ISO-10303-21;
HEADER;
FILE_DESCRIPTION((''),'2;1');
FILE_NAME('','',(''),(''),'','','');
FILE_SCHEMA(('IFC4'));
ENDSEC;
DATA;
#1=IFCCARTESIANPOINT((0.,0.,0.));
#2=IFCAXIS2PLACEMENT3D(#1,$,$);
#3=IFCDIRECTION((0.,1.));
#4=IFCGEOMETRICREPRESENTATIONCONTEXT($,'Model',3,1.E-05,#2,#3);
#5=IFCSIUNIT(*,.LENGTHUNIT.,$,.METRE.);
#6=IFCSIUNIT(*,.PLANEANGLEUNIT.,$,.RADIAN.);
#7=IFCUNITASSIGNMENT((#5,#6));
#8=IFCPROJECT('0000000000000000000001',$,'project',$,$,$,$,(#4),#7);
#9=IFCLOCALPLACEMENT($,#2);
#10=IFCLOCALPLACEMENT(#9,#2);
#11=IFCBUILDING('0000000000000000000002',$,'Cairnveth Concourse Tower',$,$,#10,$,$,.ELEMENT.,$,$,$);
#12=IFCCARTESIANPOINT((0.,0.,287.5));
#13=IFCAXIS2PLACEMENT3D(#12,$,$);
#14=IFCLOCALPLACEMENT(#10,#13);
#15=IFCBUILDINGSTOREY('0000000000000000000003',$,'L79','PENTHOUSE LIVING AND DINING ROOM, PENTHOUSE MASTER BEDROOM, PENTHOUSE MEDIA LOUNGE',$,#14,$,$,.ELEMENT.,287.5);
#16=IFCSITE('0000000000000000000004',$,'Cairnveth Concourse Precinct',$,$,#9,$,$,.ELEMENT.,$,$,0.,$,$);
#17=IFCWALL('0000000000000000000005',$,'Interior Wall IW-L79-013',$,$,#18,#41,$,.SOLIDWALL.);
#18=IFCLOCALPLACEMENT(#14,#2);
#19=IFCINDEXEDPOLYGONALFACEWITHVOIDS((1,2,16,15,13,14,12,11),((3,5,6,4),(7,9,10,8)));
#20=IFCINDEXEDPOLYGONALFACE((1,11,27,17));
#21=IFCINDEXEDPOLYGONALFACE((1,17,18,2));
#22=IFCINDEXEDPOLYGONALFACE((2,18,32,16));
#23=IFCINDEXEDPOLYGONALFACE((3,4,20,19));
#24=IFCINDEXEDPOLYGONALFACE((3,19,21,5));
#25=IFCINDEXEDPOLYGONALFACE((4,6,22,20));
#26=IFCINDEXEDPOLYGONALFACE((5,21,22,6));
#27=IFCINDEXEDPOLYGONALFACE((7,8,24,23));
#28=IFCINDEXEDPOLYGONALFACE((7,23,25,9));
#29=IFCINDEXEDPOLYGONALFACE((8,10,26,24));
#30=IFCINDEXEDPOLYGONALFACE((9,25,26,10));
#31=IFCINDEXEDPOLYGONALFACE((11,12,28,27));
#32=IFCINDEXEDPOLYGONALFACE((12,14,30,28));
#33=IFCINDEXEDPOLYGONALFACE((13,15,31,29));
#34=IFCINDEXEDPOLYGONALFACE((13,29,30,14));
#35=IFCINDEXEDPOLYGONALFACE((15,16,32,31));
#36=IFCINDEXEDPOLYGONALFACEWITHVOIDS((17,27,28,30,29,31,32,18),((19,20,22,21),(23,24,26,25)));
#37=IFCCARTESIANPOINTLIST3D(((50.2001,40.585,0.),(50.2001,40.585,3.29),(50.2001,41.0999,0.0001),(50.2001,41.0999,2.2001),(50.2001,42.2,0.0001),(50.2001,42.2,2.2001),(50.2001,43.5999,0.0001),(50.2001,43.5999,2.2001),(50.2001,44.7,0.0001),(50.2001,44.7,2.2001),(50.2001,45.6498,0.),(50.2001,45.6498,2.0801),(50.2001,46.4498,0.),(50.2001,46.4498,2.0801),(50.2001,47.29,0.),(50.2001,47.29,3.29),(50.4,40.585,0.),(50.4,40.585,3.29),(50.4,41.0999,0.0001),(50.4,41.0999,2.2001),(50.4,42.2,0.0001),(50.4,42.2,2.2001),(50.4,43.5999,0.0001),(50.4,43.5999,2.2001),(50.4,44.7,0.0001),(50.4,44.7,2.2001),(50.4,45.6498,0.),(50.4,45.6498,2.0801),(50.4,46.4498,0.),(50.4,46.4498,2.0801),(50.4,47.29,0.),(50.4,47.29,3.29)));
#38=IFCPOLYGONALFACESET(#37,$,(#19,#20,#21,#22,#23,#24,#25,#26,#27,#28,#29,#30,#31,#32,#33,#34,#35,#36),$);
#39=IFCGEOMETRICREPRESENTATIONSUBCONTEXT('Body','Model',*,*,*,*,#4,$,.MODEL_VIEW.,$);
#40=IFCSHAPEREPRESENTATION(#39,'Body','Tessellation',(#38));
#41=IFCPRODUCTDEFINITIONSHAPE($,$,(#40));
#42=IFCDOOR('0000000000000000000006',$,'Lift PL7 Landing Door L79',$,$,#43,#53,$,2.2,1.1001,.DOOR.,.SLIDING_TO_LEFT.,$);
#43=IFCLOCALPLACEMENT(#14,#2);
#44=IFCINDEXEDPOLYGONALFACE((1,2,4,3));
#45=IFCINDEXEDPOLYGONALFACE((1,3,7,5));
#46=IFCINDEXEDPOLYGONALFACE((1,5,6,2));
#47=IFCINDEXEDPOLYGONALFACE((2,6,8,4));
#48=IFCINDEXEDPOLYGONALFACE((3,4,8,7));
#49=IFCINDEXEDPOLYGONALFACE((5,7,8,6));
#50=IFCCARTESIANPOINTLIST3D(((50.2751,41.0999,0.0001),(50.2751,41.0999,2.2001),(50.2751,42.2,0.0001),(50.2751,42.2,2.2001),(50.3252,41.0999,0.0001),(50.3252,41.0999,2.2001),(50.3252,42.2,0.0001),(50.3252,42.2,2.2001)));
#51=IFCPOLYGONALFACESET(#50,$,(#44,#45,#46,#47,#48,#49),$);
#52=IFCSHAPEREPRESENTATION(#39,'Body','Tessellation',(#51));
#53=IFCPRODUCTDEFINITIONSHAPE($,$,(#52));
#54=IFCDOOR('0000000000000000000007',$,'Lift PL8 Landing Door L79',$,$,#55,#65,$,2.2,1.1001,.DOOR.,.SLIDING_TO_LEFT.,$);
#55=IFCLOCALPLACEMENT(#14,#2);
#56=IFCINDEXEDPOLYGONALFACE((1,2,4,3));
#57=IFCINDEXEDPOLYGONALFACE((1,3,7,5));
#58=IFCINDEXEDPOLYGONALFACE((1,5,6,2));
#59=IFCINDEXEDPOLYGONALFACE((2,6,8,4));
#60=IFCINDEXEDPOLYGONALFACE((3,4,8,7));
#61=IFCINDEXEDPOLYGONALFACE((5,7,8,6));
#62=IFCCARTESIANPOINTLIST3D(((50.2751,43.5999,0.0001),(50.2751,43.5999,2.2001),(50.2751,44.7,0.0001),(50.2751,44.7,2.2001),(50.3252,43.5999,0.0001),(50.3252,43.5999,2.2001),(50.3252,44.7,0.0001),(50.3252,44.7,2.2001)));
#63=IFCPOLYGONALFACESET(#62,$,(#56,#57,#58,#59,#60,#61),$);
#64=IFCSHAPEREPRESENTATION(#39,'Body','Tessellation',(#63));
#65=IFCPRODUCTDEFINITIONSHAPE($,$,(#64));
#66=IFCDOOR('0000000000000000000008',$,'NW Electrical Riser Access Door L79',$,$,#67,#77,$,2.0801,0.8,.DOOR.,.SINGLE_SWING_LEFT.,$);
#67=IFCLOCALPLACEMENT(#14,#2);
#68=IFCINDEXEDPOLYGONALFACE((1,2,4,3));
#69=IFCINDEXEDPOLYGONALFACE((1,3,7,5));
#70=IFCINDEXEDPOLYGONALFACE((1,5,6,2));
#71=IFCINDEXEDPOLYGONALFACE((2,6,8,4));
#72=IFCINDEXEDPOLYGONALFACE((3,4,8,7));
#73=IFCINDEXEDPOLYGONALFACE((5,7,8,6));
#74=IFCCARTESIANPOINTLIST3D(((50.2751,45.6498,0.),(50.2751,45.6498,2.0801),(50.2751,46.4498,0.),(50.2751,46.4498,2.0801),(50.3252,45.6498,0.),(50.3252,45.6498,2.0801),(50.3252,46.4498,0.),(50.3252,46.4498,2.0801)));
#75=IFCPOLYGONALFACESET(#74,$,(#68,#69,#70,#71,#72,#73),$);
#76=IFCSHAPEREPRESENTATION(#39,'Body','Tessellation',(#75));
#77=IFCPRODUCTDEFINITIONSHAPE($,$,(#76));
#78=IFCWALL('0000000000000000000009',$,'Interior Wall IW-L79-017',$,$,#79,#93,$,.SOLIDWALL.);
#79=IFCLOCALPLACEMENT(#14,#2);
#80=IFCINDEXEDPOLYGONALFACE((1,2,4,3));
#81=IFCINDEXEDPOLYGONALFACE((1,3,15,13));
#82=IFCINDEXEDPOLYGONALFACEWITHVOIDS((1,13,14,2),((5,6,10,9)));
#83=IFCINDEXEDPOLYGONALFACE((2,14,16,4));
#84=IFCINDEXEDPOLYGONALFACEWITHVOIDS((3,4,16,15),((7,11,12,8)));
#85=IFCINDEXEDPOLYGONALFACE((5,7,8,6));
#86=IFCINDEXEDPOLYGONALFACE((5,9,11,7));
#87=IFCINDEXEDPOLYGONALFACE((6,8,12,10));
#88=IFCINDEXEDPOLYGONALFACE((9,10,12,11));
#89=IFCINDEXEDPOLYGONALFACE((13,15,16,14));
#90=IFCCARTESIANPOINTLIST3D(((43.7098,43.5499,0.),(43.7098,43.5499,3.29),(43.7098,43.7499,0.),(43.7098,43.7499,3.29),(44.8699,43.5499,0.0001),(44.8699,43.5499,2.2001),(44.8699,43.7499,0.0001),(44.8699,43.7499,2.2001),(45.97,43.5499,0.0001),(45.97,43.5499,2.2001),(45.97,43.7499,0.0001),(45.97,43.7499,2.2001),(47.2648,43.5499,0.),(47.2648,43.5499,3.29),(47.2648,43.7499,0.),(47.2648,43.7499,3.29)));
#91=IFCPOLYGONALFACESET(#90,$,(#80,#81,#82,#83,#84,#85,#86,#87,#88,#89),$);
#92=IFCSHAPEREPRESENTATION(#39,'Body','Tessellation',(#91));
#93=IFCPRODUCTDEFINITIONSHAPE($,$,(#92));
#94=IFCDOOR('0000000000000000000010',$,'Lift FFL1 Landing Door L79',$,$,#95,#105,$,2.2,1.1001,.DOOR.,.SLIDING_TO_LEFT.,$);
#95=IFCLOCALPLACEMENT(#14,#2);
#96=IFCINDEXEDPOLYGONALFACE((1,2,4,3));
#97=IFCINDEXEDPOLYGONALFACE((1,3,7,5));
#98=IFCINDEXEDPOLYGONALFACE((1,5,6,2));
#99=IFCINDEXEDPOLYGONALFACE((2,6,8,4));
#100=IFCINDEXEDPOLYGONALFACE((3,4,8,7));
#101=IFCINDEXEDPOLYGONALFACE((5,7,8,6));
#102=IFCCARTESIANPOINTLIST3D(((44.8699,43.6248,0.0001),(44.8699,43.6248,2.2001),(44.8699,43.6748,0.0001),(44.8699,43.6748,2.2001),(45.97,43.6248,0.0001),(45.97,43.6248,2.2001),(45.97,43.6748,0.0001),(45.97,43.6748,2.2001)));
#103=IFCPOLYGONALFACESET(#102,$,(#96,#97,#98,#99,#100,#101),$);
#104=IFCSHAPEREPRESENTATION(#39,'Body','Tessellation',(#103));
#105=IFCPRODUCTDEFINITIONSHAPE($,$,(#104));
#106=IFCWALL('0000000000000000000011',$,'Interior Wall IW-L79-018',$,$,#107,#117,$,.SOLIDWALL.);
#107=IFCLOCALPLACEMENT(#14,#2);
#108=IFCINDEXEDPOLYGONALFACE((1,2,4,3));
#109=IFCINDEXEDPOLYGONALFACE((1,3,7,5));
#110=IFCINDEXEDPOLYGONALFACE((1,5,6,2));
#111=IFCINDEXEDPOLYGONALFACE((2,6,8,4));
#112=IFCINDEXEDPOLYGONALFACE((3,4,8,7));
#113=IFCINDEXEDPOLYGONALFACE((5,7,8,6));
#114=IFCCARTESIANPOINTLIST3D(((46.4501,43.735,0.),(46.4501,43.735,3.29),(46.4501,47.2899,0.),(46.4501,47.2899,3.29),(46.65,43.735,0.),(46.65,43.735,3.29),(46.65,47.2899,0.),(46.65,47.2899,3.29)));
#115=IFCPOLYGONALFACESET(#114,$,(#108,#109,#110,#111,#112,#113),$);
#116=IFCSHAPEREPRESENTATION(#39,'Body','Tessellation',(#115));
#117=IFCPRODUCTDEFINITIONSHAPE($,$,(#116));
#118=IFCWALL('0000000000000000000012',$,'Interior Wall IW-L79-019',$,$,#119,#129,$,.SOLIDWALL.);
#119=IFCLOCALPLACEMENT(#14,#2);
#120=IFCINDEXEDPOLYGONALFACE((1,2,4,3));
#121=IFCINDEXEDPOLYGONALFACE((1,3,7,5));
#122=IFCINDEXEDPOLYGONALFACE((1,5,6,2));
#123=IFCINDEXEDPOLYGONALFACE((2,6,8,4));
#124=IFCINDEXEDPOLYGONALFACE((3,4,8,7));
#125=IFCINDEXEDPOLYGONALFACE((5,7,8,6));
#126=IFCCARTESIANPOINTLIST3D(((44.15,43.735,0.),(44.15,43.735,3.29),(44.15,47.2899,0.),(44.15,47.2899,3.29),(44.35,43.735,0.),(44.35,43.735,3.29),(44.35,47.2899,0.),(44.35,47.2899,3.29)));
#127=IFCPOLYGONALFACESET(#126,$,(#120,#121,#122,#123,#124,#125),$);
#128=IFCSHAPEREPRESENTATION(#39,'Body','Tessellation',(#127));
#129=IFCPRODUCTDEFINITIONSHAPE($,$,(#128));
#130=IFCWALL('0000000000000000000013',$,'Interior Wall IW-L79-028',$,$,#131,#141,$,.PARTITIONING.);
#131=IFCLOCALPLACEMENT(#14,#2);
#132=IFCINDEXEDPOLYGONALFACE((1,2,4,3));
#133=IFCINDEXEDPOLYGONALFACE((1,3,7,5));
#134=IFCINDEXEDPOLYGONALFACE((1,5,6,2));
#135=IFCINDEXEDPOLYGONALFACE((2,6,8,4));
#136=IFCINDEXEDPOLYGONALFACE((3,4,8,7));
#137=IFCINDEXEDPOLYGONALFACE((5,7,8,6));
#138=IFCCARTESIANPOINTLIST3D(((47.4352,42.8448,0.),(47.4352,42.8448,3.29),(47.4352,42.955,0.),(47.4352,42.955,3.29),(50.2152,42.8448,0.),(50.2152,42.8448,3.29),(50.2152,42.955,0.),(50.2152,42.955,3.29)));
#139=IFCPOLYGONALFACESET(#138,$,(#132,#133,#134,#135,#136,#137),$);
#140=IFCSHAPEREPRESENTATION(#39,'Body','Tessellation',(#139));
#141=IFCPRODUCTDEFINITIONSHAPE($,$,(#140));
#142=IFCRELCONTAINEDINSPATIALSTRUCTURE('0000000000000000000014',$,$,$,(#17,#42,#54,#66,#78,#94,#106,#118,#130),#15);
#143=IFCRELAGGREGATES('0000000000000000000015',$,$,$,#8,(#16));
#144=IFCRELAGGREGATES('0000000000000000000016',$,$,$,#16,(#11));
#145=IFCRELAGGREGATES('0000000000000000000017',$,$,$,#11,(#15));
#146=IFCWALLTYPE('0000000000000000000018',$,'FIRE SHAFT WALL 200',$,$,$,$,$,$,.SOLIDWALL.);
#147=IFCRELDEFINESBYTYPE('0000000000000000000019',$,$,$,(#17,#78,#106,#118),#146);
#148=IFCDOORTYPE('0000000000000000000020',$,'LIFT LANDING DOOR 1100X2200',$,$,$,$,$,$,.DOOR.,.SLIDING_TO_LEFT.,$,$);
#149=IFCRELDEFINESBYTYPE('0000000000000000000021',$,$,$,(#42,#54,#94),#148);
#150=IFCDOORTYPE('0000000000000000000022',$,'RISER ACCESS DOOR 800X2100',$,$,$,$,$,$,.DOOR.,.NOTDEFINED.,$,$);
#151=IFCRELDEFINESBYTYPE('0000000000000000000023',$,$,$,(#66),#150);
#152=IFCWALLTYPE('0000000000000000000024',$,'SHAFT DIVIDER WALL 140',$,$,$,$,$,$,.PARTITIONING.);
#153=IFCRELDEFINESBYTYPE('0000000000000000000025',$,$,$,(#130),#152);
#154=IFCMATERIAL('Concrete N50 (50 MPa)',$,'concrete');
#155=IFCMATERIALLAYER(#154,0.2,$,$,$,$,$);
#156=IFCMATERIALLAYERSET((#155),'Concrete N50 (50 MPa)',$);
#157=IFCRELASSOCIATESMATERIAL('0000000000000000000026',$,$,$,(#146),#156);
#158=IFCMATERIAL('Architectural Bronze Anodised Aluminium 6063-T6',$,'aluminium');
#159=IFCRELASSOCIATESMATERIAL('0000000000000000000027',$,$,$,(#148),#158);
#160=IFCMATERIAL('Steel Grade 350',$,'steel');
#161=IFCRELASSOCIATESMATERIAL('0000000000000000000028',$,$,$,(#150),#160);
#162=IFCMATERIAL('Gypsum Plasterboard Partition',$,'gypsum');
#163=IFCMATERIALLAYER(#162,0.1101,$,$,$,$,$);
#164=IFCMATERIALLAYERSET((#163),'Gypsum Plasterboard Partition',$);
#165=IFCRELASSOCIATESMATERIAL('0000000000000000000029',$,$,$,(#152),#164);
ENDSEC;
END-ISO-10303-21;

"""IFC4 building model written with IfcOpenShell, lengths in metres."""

from ifc_helpers import new_model, si_unit, direction, frame, frame_2d, origin, place, context, subcontext, project, spatial, rectangle, extrude, material, layer, layer_set, type_object, element, fill, save


model = new_model("IFC4")

# Units and contexts
model_context = context("Model", 3, precision=1e-05, world=origin(), true_north=direction((0.0, 1.0)))
body_context = subcontext(model_context, "Body", "Model", "MODEL_VIEW")
ifc_project = project(units=[si_unit("LENGTHUNIT", "METRE"), si_unit("PLANEANGLEUNIT", "RADIAN")], contexts=[model_context])

# Site, building, storey
site_placement = place(None, origin())
site = spatial("IfcSite", under=ifc_project, at=site_placement, Name="Cairnveth Concourse Precinct", CompositionType="ELEMENT", RefElevation=0.0)
building_placement = place(site_placement, origin())
building = spatial("IfcBuilding", under=site, at=building_placement, Name="Cairnveth Concourse Tower", CompositionType="ELEMENT")
storey_placement = place(building_placement, frame((0.0, 0.0, 287.5)))
storey = spatial("IfcBuildingStorey", under=building, at=storey_placement, Name="L79", Description="PENTHOUSE LIVING AND DINING ROOM, PENTHOUSE MASTER BEDROOM, PENTHOUSE MEDIA LOUNGE", CompositionType="ELEMENT", Elevation=287.5)

# Shared definitions
ifc_material_1 = material(Name="Steel Grade 350", Category="steel")

# Shared definitions
ifc_material_2 = material(Name="Concrete N50 (50 MPa)", Category="concrete")

# Shared definitions
ifc_layer_1 = layer(ifc_material_2, 0.2)
ifc_layer_set_1 = layer_set([ifc_layer_1], Name="Concrete N50 (50 MPa)")
wall_type_1 = type_object("IfcWallType", Name="FIRE SHAFT WALL 200", PredefinedType="SOLIDWALL", material=ifc_layer_set_1)

# Wall, openings, doors
wall_1_placement = place(storey_placement, frame((50.3, 40.585, 0.0), z_axis=(0.0, 0.0, 1.0), x_axis=(0.0, 1.0, 0.0)))
wall_1 = element("IfcWall", 1, at=wall_1_placement, inside=storey, type_object=wall_type_1, Name="Interior Wall IW-L79-013", PredefinedType="SOLIDWALL", context=body_context, shape_type="SweptSolid", body=[
    extrude(rectangle(XDim=6.7051, YDim=0.2, at=frame_2d((3.3525, 0.0))), origin(), (0.0, 0.0, 1.0), 3.29),
])
opening_1_placement = place(wall_1_placement, frame((0.5149, 0.0, 0.0)))
opening_1 = element("IfcOpeningElement", 2, at=opening_1_placement, cuts=wall_1, PredefinedType="OPENING", context=body_context, shape_type="SweptSolid", body=[
    extrude(rectangle(XDim=1.1001, YDim=2.2, at=frame_2d((0.55, 1.1001))), frame((0.0, 0.1099, 0.0), z_axis=(0.0, -1.0, 0.0), x_axis=(1.0, 0.0, 0.0)), (0.0, 0.0, 1.0), 0.22),
])
opening_2_placement = place(wall_1_placement, frame((3.0149, 0.0, 0.0)))
opening_2 = element("IfcOpeningElement", 3, at=opening_2_placement, cuts=wall_1, PredefinedType="OPENING", context=body_context, shape_type="SweptSolid", body=[
    extrude(rectangle(XDim=1.1001, YDim=2.2, at=frame_2d((0.55, 1.1001))), frame((0.0, 0.1099, 0.0), z_axis=(0.0, -1.0, 0.0), x_axis=(1.0, 0.0, 0.0)), (0.0, 0.0, 1.0), 0.22),
])
opening_3_placement = place(wall_1_placement, frame((5.0649, 0.0, 0.0)))
opening_3 = element("IfcOpeningElement", 4, at=opening_3_placement, cuts=wall_1, PredefinedType="OPENING", context=body_context, shape_type="SweptSolid", body=[
    extrude(rectangle(XDim=0.8, YDim=2.0801, at=frame_2d((0.3999, 1.04))), frame((0.0, 0.1099, 0.0), z_axis=(0.0, -1.0, 0.0), x_axis=(1.0, 0.0, 0.0)), (0.0, 0.0, 1.0), 0.22),
])
ifc_material_3 = material(Name="Architectural Bronze Anodised Aluminium 6063-T6", Category="aluminium")
door_type_1 = type_object("IfcDoorType", Name="LIFT LANDING DOOR 1100X2200", OperationType="SLIDING_TO_LEFT", PredefinedType="DOOR", material=ifc_material_3)
door_1_placement = place(opening_1_placement, origin())
door_1 = element("IfcDoor", 5, at=door_1_placement, inside=storey, type_object=door_type_1, Name="Lift PL7 Landing Door L79", OperationType="SLIDING_TO_LEFT", OverallHeight=2.2, OverallWidth=1.1001, PredefinedType="DOOR", context=body_context, shape_type="SweptSolid", body=[
    extrude(rectangle(XDim=1.1001, YDim=2.2, at=frame_2d((0.55, 1.1001))), frame((0.0, 0.0249, 0.0), z_axis=(0.0, -1.0, 0.0), x_axis=(1.0, 0.0, 0.0)), (0.0, 0.0, 1.0), 0.05),
])
fill(opening_1, door_1)
door_2_placement = place(opening_2_placement, origin())
door_2 = element("IfcDoor", 6, at=door_2_placement, inside=storey, type_object=door_type_1, Name="Lift PL8 Landing Door L79", OperationType="SLIDING_TO_LEFT", OverallHeight=2.2, OverallWidth=1.1001, PredefinedType="DOOR", context=body_context, shape_type="SweptSolid", body=[
    extrude(rectangle(XDim=1.1001, YDim=2.2, at=frame_2d((0.55, 1.1001))), frame((0.0, 0.0249, 0.0), z_axis=(0.0, -1.0, 0.0), x_axis=(1.0, 0.0, 0.0)), (0.0, 0.0, 1.0), 0.05),
])
fill(opening_2, door_2)
door_type_2 = type_object("IfcDoorType", Name="RISER ACCESS DOOR 800X2100", OperationType="NOTDEFINED", PredefinedType="DOOR", material=ifc_material_1)
door_3_placement = place(opening_3_placement, origin())
door_3 = element("IfcDoor", 7, at=door_3_placement, inside=storey, type_object=door_type_2, Name="NW Electrical Riser Access Door L79", OperationType="SINGLE_SWING_LEFT", OverallHeight=2.0801, OverallWidth=0.8, PredefinedType="DOOR", context=body_context, shape_type="SweptSolid", body=[
    extrude(rectangle(XDim=0.8, YDim=2.0801, at=frame_2d((0.3999, 1.04))), frame((0.0, 0.0249, 0.0), z_axis=(0.0, -1.0, 0.0), x_axis=(1.0, 0.0, 0.0)), (0.0, 0.0, 1.0), 0.05),
])
fill(opening_3, door_3)

# Wall, opening, door
wall_2_placement = place(storey_placement, frame((43.71, 43.6499, 0.0), z_axis=(0.0, 0.0, 1.0), x_axis=(1.0, 0.0, 0.0)))
wall_2 = element("IfcWall", 8, at=wall_2_placement, inside=storey, type_object=wall_type_1, Name="Interior Wall IW-L79-017", PredefinedType="SOLIDWALL", context=body_context, shape_type="SweptSolid", body=[
    extrude(rectangle(XDim=3.5549, YDim=0.2, at=frame_2d((1.7773, 0.0))), origin(), (0.0, 0.0, 1.0), 3.29),
])
opening_4_placement = place(wall_2_placement, frame((1.1599, 0.0, 0.0)))
opening_4 = element("IfcOpeningElement", 9, at=opening_4_placement, cuts=wall_2, PredefinedType="OPENING", context=body_context, shape_type="SweptSolid", body=[
    extrude(rectangle(XDim=1.1001, YDim=2.2, at=frame_2d((0.55, 1.1001))), frame((0.0, 0.1099, 0.0), z_axis=(0.0, -1.0, 0.0), x_axis=(1.0, 0.0, 0.0)), (0.0, 0.0, 1.0), 0.22),
])
door_4_placement = place(opening_4_placement, origin())
door_4 = element("IfcDoor", 10, at=door_4_placement, inside=storey, type_object=door_type_1, Name="Lift FFL1 Landing Door L79", OperationType="SLIDING_TO_LEFT", OverallHeight=2.2, OverallWidth=1.1001, PredefinedType="DOOR", context=body_context, shape_type="SweptSolid", body=[
    extrude(rectangle(XDim=1.1001, YDim=2.2, at=frame_2d((0.55, 1.1001))), frame((0.0, 0.0249, 0.0), z_axis=(0.0, -1.0, 0.0), x_axis=(1.0, 0.0, 0.0)), (0.0, 0.0, 1.0), 0.05),
])
fill(opening_4, door_4)

# Walls
for number, where, z_axis, x_axis, name in (
    (11, (46.55, 43.7351, 0.0), (0.0, 0.0, 1.0), (0.0, 1.0, 0.0), "Interior Wall IW-L79-018"),
    (12, (44.25, 43.7351, 0.0), (0.0, 0.0, 1.0), (0.0, 1.0, 0.0), "Interior Wall IW-L79-019"),
):
    element("IfcWall", number, at=place(storey_placement, frame(where, z_axis=z_axis, x_axis=x_axis)), inside=storey, type_object=wall_type_1, Name=name, PredefinedType="SOLIDWALL", context=body_context, shape_type="SweptSolid", body=[
        extrude(rectangle(XDim=3.5549, YDim=0.2, at=frame_2d((1.7773, 0.0))), origin(), (0.0, 0.0, 1.0), 3.29),
    ])
ifc_material_4 = material(Name="Gypsum Plasterboard Partition", Category="gypsum")
ifc_layer_2 = layer(ifc_material_4, 0.1101)
ifc_layer_set_2 = layer_set([ifc_layer_2], Name="Gypsum Plasterboard Partition")
wall_type_2 = type_object("IfcWallType", Name="SHAFT DIVIDER WALL 140", PredefinedType="PARTITIONING", material=ifc_layer_set_2)
wall_3_placement = place(storey_placement, frame((47.4351, 42.8999, 0.0), z_axis=(0.0, 0.0, 1.0), x_axis=(1.0, 0.0, 0.0)))
element("IfcWall", 13, at=wall_3_placement, inside=storey, type_object=wall_type_2, Name="Interior Wall IW-L79-028", PredefinedType="PARTITIONING", context=body_context, shape_type="SweptSolid", body=[
    extrude(rectangle(XDim=2.78, YDim=0.1101, at=frame_2d((1.3901, 0.0))), origin(), (0.0, 0.0, 1.0), 3.29),
])

save(model, "model.ifc")
